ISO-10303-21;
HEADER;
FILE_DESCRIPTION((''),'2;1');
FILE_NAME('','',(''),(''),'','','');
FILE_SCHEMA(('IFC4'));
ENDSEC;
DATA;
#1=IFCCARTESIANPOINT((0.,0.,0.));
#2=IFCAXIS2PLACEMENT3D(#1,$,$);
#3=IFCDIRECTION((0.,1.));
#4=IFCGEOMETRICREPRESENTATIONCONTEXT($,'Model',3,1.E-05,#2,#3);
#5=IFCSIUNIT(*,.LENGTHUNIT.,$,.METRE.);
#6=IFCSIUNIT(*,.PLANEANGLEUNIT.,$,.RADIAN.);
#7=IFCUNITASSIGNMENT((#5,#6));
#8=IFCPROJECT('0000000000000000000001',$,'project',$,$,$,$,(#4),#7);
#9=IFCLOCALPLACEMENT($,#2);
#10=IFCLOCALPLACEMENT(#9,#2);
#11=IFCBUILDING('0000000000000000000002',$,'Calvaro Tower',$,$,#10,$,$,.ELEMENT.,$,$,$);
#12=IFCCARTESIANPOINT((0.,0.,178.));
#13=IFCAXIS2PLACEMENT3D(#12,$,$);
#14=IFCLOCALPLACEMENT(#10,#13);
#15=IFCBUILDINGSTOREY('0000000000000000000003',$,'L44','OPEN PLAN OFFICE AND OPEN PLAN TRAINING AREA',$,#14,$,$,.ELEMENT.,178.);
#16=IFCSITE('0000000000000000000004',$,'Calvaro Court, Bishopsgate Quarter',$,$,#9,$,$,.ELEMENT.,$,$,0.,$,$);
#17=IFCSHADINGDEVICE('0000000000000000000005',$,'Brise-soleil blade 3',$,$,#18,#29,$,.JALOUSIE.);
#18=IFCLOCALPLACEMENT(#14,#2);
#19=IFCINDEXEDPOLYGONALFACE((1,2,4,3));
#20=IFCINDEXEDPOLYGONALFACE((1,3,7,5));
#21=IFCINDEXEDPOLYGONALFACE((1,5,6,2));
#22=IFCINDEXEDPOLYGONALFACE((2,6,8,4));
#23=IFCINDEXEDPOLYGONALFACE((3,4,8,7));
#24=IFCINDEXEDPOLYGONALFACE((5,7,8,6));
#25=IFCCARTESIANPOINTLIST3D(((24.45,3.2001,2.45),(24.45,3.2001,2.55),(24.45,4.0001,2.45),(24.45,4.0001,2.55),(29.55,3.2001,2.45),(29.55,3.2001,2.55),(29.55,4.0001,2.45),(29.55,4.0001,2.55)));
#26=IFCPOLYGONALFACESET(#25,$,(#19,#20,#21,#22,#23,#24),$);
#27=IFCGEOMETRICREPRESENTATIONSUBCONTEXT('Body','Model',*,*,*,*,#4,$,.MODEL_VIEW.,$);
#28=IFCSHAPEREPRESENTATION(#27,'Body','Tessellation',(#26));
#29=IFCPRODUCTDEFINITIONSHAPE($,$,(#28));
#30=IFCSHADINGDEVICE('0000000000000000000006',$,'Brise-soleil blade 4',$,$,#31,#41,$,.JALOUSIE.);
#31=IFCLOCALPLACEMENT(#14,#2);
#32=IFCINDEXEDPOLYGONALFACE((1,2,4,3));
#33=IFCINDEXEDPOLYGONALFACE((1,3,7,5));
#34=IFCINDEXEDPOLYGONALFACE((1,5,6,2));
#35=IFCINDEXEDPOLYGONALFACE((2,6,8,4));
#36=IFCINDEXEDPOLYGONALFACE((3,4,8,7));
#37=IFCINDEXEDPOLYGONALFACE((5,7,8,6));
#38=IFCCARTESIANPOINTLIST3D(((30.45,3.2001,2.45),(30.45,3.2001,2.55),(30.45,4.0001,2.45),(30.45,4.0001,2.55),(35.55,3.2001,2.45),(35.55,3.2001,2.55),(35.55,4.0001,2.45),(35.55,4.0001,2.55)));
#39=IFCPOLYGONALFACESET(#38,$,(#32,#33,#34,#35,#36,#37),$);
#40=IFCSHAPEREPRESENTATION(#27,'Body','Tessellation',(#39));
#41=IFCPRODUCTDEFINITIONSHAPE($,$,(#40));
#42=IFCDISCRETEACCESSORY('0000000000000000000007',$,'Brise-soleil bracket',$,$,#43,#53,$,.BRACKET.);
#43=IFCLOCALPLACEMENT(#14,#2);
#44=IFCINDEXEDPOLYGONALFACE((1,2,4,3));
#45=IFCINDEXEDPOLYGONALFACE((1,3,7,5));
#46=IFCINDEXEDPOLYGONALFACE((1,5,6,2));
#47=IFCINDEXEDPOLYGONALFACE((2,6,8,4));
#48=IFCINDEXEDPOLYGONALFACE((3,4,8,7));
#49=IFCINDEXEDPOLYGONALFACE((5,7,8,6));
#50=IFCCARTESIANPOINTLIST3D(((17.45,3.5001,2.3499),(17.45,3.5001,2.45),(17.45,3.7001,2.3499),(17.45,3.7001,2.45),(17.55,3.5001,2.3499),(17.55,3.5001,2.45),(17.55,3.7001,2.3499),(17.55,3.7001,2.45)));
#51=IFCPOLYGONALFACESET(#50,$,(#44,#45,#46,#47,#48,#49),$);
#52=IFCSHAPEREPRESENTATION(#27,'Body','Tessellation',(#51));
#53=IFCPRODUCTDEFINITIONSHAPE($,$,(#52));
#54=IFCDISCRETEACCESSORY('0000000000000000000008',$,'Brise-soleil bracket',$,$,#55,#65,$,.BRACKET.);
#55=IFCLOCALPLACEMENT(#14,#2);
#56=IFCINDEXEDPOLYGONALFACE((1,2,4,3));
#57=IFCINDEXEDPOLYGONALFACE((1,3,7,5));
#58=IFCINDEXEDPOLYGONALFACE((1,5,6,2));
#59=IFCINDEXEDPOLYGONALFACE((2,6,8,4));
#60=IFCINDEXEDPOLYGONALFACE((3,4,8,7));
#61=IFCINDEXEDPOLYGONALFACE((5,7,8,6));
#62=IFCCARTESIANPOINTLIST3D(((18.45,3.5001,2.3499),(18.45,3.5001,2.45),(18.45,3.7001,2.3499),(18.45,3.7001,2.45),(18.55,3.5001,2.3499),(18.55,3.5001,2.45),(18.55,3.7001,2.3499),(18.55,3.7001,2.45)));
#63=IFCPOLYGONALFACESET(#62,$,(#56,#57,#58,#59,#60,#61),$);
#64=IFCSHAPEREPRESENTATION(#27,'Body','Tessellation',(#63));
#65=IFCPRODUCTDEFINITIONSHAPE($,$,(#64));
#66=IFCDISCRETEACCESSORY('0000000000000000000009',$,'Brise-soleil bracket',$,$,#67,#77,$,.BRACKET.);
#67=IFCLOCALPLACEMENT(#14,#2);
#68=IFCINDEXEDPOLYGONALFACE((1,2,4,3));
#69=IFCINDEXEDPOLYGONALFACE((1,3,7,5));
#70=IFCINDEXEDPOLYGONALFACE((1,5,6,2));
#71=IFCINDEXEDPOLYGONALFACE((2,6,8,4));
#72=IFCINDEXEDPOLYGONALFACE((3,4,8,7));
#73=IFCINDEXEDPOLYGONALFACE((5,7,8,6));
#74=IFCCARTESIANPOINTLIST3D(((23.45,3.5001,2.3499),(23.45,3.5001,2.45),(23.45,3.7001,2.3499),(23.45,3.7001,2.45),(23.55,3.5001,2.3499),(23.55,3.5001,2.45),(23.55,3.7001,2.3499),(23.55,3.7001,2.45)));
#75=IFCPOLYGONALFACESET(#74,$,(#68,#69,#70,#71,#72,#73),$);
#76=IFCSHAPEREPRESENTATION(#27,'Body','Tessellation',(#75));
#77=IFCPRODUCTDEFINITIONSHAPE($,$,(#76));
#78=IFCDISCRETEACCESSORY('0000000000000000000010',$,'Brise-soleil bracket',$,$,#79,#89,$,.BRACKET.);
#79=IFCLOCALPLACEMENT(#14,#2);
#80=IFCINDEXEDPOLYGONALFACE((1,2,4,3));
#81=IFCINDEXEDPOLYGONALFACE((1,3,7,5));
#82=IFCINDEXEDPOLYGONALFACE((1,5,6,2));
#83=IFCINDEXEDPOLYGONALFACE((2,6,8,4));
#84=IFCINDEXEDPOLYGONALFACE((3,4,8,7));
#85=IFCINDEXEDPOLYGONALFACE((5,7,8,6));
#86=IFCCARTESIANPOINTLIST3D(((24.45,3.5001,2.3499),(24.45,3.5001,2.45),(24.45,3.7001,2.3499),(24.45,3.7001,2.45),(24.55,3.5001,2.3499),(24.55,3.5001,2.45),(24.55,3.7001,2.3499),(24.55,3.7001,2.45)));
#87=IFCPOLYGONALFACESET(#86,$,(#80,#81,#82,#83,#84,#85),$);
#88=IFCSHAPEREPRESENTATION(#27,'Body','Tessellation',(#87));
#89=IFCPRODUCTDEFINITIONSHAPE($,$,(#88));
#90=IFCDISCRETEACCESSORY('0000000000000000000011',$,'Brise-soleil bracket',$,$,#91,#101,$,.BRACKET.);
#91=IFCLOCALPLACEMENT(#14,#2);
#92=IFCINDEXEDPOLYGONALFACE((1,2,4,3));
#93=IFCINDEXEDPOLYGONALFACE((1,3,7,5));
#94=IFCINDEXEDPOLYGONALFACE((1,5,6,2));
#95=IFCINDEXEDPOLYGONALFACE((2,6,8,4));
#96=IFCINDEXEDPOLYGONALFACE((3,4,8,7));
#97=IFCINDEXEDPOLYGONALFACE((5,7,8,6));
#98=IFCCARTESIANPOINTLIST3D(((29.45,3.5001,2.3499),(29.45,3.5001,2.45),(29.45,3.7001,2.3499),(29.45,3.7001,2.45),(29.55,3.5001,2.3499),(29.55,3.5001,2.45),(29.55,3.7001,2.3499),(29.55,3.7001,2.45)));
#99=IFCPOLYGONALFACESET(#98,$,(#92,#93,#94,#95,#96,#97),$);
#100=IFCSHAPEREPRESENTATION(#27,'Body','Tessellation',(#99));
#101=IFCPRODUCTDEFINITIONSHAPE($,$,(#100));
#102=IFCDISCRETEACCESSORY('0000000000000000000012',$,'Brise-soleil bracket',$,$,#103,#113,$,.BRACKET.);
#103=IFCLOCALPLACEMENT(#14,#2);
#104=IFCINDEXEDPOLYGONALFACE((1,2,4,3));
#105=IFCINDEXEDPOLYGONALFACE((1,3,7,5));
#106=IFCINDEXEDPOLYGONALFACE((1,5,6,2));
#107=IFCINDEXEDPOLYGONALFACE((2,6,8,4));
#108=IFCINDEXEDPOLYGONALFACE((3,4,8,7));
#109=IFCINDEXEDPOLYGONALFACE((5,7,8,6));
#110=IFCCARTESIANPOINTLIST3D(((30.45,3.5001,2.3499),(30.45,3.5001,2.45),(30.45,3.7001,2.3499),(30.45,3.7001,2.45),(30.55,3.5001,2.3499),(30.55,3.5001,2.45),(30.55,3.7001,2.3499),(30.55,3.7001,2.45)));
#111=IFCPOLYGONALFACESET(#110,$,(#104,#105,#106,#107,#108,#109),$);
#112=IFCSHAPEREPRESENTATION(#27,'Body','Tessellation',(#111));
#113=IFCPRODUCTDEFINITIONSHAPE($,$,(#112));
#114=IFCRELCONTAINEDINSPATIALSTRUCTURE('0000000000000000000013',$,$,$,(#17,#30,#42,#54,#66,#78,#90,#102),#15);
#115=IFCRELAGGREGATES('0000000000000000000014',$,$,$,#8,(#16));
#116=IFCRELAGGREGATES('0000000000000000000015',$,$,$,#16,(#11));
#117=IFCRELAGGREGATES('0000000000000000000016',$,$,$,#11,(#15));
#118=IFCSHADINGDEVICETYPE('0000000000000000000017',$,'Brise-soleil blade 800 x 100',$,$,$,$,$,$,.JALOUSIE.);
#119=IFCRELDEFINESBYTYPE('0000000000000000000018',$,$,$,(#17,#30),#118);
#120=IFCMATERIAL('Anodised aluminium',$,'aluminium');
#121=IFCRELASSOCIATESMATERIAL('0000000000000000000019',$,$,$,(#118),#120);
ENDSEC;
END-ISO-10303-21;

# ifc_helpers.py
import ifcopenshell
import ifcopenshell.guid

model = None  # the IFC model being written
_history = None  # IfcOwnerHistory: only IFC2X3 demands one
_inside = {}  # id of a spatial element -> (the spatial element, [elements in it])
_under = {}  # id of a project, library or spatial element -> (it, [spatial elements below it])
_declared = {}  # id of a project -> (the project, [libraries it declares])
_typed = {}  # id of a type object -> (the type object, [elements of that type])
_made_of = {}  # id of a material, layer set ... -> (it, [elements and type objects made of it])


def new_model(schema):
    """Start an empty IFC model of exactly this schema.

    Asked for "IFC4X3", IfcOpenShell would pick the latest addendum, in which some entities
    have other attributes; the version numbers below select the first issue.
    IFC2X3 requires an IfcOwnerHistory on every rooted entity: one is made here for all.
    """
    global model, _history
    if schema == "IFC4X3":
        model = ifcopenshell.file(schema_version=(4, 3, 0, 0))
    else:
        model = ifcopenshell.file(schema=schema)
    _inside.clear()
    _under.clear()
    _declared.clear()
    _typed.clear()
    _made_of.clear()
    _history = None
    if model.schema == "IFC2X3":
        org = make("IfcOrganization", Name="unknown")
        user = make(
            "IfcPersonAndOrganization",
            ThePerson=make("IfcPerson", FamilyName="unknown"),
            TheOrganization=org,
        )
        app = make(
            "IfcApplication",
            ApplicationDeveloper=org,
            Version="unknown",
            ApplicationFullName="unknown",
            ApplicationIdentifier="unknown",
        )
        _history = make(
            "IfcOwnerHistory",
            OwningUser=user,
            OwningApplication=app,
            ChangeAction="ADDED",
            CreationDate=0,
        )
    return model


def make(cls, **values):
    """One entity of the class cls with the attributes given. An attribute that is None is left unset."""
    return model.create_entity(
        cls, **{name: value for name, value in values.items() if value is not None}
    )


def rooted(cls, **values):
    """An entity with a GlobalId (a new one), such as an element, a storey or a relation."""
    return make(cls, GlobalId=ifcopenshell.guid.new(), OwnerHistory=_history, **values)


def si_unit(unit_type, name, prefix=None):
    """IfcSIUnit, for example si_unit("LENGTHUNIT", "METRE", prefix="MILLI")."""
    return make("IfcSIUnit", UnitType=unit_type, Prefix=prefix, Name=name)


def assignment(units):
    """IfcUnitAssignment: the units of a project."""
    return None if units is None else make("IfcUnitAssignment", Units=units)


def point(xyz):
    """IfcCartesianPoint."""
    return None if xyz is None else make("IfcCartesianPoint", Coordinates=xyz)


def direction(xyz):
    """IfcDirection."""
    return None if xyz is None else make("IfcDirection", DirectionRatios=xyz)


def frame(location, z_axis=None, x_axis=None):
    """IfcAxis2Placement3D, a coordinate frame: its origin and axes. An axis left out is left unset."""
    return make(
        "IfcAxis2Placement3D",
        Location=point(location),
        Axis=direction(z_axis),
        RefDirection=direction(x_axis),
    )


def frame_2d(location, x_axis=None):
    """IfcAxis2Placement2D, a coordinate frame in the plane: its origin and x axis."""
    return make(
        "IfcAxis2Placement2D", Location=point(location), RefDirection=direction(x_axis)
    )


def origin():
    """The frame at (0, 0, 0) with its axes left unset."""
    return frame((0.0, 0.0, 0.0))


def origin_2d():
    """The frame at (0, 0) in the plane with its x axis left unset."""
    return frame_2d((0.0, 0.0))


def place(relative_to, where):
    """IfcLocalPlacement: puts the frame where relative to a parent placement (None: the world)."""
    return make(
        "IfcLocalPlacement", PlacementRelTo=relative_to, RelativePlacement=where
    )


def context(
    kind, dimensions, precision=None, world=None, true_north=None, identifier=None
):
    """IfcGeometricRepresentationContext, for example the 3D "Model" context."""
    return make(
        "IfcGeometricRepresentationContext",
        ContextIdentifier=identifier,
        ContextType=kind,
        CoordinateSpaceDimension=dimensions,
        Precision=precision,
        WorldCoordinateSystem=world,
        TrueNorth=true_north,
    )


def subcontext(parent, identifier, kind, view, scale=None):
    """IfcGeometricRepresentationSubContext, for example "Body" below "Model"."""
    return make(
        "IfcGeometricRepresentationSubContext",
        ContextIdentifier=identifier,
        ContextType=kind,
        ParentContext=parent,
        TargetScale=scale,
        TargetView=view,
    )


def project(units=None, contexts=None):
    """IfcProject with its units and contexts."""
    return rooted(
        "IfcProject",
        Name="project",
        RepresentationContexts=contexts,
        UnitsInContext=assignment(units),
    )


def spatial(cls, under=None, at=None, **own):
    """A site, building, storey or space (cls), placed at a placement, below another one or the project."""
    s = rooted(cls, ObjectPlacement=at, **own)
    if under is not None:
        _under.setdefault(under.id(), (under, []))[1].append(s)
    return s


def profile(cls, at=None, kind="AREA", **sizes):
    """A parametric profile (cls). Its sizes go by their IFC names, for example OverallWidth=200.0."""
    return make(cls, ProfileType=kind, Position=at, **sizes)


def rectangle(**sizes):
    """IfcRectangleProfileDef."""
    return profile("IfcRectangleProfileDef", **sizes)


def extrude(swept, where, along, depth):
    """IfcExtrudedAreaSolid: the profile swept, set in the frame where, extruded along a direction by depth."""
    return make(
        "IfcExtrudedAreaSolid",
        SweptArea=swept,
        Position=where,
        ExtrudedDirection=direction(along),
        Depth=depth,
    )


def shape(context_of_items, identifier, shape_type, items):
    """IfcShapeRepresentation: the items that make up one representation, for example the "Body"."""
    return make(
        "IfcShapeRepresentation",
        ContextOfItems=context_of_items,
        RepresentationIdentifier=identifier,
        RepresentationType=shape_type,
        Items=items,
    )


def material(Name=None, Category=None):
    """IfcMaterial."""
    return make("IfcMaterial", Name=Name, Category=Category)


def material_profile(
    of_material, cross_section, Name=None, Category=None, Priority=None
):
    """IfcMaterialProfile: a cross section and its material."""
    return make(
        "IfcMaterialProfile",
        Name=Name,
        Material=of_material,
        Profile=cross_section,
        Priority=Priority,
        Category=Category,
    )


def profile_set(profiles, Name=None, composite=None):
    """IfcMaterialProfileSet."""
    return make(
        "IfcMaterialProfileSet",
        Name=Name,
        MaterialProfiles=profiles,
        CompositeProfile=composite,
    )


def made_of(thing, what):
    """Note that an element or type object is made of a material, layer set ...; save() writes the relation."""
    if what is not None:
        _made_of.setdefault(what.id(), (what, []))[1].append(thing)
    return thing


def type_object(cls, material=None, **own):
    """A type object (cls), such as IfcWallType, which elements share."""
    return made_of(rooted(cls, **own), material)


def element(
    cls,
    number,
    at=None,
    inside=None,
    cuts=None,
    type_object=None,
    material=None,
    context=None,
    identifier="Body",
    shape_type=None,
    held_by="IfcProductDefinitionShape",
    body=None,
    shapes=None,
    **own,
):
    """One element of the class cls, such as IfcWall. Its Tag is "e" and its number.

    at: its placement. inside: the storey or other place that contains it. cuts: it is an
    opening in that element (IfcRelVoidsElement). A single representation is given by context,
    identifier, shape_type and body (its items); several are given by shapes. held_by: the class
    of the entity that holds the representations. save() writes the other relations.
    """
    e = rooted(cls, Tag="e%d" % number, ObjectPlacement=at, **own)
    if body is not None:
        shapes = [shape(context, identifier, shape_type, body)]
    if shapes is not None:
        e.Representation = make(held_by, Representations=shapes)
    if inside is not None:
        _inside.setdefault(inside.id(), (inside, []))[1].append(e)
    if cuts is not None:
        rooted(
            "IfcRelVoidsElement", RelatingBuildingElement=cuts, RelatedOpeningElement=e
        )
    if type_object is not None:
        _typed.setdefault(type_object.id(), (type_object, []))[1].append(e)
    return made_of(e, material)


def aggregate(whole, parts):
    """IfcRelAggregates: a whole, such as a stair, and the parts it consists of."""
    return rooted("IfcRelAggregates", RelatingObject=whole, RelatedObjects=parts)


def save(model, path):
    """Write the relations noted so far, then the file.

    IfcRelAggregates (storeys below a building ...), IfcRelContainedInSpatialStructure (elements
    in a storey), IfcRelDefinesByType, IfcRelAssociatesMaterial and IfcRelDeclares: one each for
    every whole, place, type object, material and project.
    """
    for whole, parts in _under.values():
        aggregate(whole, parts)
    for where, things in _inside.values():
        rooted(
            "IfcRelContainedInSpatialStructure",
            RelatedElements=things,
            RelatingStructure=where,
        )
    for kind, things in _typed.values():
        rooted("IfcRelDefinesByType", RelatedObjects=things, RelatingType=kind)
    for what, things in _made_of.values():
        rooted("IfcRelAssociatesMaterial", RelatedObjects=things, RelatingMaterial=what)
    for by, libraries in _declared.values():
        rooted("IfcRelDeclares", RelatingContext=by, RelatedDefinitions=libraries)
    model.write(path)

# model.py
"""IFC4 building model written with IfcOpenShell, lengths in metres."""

from ifc_helpers import new_model, si_unit, direction, frame, origin, origin_2d, place, context, subcontext, project, spatial, rectangle, extrude, material, material_profile, profile_set, type_object, element, save


model = new_model("IFC4")

# Units and contexts
model_context = context("Model", 3, precision=1e-05, world=origin(), true_north=direction((0.0, 1.0)))
body_context = subcontext(model_context, "Body", "Model", "MODEL_VIEW")
ifc_project = project(units=[si_unit("LENGTHUNIT", "METRE"), si_unit("PLANEANGLEUNIT", "RADIAN")], contexts=[model_context])

# Site, building, storey
site_placement = place(None, origin())
site = spatial("IfcSite", under=ifc_project, at=site_placement, Name="Calvaro Court, Bishopsgate Quarter", CompositionType="ELEMENT", RefElevation=0.0)
building_placement = place(site_placement, origin())
building = spatial("IfcBuilding", under=site, at=building_placement, Name="Calvaro Tower", CompositionType="ELEMENT")
storey_placement = place(building_placement, frame((0.0, 0.0, 178.0)))
storey = spatial("IfcBuildingStorey", under=building, at=storey_placement, Name="L44", Description="OPEN PLAN OFFICE AND OPEN PLAN TRAINING AREA", CompositionType="ELEMENT", Elevation=178.0)

# Shading devices
ifc_material_1 = material(Name="Anodised aluminium", Category="aluminium")
ifc_material_profile_1 = material_profile(ifc_material_1, rectangle(XDim=0.8, YDim=0.1001, at=origin_2d()), Name="Brise-soleil blade 800 x 100")
ifc_profile_set_1 = profile_set([ifc_material_profile_1], Name="Anodised aluminium")
shading_device_type = type_object("IfcShadingDeviceType", Name="Brise-soleil blade 800 x 100", PredefinedType="JALOUSIE", material=ifc_profile_set_1)
for number, where, z_axis, x_axis, name in (
    (1, (24.45, 3.6001, 2.5), (1.0, 0.0, 0.0), (0.0, 1.0, 0.0), "Brise-soleil blade 3"),
    (2, (30.45, 3.6001, 2.5), (1.0, 0.0, 0.0), (0.0, 1.0, 0.0), "Brise-soleil blade 4"),
):
    element("IfcShadingDevice", number, at=place(storey_placement, frame(where, z_axis=z_axis, x_axis=x_axis)), inside=storey, type_object=shading_device_type, Name=name, PredefinedType="JALOUSIE", context=body_context, shape_type="SweptSolid", body=[
        extrude(rectangle(XDim=0.8, YDim=0.1001, at=origin_2d()), origin(), (0.0, 0.0, 1.0), 5.1001),
    ])

# Discrete accessories
for number, where, z_axis, x_axis, name in (
    (3, (17.5, 3.6001, 2.3499), (0.0, 0.0, 1.0), (1.0, 0.0, 0.0), "Brise-soleil bracket"),
    (4, (18.5, 3.6001, 2.3499), (0.0, 0.0, 1.0), (1.0, 0.0, 0.0), "Brise-soleil bracket"),
    (5, (23.5, 3.6001, 2.3499), (0.0, 0.0, 1.0), (1.0, 0.0, 0.0), "Brise-soleil bracket"),
    (6, (24.5, 3.6001, 2.3499), (0.0, 0.0, 1.0), (1.0, 0.0, 0.0), "Brise-soleil bracket"),
    (7, (29.5, 3.6001, 2.3499), (0.0, 0.0, 1.0), (1.0, 0.0, 0.0), "Brise-soleil bracket"),
    (8, (30.5, 3.6001, 2.3499), (0.0, 0.0, 1.0), (1.0, 0.0, 0.0), "Brise-soleil bracket"),
):
    element("IfcDiscreteAccessory", number, at=place(storey_placement, frame(where, z_axis=z_axis, x_axis=x_axis)), inside=storey, Name=name, PredefinedType="BRACKET", context=body_context, shape_type="SweptSolid", body=[
        extrude(rectangle(XDim=0.1001, YDim=0.2, at=origin_2d()), origin(), (0.0, 0.0, 1.0), 0.1001),
    ])

save(model, "model.ifc")
